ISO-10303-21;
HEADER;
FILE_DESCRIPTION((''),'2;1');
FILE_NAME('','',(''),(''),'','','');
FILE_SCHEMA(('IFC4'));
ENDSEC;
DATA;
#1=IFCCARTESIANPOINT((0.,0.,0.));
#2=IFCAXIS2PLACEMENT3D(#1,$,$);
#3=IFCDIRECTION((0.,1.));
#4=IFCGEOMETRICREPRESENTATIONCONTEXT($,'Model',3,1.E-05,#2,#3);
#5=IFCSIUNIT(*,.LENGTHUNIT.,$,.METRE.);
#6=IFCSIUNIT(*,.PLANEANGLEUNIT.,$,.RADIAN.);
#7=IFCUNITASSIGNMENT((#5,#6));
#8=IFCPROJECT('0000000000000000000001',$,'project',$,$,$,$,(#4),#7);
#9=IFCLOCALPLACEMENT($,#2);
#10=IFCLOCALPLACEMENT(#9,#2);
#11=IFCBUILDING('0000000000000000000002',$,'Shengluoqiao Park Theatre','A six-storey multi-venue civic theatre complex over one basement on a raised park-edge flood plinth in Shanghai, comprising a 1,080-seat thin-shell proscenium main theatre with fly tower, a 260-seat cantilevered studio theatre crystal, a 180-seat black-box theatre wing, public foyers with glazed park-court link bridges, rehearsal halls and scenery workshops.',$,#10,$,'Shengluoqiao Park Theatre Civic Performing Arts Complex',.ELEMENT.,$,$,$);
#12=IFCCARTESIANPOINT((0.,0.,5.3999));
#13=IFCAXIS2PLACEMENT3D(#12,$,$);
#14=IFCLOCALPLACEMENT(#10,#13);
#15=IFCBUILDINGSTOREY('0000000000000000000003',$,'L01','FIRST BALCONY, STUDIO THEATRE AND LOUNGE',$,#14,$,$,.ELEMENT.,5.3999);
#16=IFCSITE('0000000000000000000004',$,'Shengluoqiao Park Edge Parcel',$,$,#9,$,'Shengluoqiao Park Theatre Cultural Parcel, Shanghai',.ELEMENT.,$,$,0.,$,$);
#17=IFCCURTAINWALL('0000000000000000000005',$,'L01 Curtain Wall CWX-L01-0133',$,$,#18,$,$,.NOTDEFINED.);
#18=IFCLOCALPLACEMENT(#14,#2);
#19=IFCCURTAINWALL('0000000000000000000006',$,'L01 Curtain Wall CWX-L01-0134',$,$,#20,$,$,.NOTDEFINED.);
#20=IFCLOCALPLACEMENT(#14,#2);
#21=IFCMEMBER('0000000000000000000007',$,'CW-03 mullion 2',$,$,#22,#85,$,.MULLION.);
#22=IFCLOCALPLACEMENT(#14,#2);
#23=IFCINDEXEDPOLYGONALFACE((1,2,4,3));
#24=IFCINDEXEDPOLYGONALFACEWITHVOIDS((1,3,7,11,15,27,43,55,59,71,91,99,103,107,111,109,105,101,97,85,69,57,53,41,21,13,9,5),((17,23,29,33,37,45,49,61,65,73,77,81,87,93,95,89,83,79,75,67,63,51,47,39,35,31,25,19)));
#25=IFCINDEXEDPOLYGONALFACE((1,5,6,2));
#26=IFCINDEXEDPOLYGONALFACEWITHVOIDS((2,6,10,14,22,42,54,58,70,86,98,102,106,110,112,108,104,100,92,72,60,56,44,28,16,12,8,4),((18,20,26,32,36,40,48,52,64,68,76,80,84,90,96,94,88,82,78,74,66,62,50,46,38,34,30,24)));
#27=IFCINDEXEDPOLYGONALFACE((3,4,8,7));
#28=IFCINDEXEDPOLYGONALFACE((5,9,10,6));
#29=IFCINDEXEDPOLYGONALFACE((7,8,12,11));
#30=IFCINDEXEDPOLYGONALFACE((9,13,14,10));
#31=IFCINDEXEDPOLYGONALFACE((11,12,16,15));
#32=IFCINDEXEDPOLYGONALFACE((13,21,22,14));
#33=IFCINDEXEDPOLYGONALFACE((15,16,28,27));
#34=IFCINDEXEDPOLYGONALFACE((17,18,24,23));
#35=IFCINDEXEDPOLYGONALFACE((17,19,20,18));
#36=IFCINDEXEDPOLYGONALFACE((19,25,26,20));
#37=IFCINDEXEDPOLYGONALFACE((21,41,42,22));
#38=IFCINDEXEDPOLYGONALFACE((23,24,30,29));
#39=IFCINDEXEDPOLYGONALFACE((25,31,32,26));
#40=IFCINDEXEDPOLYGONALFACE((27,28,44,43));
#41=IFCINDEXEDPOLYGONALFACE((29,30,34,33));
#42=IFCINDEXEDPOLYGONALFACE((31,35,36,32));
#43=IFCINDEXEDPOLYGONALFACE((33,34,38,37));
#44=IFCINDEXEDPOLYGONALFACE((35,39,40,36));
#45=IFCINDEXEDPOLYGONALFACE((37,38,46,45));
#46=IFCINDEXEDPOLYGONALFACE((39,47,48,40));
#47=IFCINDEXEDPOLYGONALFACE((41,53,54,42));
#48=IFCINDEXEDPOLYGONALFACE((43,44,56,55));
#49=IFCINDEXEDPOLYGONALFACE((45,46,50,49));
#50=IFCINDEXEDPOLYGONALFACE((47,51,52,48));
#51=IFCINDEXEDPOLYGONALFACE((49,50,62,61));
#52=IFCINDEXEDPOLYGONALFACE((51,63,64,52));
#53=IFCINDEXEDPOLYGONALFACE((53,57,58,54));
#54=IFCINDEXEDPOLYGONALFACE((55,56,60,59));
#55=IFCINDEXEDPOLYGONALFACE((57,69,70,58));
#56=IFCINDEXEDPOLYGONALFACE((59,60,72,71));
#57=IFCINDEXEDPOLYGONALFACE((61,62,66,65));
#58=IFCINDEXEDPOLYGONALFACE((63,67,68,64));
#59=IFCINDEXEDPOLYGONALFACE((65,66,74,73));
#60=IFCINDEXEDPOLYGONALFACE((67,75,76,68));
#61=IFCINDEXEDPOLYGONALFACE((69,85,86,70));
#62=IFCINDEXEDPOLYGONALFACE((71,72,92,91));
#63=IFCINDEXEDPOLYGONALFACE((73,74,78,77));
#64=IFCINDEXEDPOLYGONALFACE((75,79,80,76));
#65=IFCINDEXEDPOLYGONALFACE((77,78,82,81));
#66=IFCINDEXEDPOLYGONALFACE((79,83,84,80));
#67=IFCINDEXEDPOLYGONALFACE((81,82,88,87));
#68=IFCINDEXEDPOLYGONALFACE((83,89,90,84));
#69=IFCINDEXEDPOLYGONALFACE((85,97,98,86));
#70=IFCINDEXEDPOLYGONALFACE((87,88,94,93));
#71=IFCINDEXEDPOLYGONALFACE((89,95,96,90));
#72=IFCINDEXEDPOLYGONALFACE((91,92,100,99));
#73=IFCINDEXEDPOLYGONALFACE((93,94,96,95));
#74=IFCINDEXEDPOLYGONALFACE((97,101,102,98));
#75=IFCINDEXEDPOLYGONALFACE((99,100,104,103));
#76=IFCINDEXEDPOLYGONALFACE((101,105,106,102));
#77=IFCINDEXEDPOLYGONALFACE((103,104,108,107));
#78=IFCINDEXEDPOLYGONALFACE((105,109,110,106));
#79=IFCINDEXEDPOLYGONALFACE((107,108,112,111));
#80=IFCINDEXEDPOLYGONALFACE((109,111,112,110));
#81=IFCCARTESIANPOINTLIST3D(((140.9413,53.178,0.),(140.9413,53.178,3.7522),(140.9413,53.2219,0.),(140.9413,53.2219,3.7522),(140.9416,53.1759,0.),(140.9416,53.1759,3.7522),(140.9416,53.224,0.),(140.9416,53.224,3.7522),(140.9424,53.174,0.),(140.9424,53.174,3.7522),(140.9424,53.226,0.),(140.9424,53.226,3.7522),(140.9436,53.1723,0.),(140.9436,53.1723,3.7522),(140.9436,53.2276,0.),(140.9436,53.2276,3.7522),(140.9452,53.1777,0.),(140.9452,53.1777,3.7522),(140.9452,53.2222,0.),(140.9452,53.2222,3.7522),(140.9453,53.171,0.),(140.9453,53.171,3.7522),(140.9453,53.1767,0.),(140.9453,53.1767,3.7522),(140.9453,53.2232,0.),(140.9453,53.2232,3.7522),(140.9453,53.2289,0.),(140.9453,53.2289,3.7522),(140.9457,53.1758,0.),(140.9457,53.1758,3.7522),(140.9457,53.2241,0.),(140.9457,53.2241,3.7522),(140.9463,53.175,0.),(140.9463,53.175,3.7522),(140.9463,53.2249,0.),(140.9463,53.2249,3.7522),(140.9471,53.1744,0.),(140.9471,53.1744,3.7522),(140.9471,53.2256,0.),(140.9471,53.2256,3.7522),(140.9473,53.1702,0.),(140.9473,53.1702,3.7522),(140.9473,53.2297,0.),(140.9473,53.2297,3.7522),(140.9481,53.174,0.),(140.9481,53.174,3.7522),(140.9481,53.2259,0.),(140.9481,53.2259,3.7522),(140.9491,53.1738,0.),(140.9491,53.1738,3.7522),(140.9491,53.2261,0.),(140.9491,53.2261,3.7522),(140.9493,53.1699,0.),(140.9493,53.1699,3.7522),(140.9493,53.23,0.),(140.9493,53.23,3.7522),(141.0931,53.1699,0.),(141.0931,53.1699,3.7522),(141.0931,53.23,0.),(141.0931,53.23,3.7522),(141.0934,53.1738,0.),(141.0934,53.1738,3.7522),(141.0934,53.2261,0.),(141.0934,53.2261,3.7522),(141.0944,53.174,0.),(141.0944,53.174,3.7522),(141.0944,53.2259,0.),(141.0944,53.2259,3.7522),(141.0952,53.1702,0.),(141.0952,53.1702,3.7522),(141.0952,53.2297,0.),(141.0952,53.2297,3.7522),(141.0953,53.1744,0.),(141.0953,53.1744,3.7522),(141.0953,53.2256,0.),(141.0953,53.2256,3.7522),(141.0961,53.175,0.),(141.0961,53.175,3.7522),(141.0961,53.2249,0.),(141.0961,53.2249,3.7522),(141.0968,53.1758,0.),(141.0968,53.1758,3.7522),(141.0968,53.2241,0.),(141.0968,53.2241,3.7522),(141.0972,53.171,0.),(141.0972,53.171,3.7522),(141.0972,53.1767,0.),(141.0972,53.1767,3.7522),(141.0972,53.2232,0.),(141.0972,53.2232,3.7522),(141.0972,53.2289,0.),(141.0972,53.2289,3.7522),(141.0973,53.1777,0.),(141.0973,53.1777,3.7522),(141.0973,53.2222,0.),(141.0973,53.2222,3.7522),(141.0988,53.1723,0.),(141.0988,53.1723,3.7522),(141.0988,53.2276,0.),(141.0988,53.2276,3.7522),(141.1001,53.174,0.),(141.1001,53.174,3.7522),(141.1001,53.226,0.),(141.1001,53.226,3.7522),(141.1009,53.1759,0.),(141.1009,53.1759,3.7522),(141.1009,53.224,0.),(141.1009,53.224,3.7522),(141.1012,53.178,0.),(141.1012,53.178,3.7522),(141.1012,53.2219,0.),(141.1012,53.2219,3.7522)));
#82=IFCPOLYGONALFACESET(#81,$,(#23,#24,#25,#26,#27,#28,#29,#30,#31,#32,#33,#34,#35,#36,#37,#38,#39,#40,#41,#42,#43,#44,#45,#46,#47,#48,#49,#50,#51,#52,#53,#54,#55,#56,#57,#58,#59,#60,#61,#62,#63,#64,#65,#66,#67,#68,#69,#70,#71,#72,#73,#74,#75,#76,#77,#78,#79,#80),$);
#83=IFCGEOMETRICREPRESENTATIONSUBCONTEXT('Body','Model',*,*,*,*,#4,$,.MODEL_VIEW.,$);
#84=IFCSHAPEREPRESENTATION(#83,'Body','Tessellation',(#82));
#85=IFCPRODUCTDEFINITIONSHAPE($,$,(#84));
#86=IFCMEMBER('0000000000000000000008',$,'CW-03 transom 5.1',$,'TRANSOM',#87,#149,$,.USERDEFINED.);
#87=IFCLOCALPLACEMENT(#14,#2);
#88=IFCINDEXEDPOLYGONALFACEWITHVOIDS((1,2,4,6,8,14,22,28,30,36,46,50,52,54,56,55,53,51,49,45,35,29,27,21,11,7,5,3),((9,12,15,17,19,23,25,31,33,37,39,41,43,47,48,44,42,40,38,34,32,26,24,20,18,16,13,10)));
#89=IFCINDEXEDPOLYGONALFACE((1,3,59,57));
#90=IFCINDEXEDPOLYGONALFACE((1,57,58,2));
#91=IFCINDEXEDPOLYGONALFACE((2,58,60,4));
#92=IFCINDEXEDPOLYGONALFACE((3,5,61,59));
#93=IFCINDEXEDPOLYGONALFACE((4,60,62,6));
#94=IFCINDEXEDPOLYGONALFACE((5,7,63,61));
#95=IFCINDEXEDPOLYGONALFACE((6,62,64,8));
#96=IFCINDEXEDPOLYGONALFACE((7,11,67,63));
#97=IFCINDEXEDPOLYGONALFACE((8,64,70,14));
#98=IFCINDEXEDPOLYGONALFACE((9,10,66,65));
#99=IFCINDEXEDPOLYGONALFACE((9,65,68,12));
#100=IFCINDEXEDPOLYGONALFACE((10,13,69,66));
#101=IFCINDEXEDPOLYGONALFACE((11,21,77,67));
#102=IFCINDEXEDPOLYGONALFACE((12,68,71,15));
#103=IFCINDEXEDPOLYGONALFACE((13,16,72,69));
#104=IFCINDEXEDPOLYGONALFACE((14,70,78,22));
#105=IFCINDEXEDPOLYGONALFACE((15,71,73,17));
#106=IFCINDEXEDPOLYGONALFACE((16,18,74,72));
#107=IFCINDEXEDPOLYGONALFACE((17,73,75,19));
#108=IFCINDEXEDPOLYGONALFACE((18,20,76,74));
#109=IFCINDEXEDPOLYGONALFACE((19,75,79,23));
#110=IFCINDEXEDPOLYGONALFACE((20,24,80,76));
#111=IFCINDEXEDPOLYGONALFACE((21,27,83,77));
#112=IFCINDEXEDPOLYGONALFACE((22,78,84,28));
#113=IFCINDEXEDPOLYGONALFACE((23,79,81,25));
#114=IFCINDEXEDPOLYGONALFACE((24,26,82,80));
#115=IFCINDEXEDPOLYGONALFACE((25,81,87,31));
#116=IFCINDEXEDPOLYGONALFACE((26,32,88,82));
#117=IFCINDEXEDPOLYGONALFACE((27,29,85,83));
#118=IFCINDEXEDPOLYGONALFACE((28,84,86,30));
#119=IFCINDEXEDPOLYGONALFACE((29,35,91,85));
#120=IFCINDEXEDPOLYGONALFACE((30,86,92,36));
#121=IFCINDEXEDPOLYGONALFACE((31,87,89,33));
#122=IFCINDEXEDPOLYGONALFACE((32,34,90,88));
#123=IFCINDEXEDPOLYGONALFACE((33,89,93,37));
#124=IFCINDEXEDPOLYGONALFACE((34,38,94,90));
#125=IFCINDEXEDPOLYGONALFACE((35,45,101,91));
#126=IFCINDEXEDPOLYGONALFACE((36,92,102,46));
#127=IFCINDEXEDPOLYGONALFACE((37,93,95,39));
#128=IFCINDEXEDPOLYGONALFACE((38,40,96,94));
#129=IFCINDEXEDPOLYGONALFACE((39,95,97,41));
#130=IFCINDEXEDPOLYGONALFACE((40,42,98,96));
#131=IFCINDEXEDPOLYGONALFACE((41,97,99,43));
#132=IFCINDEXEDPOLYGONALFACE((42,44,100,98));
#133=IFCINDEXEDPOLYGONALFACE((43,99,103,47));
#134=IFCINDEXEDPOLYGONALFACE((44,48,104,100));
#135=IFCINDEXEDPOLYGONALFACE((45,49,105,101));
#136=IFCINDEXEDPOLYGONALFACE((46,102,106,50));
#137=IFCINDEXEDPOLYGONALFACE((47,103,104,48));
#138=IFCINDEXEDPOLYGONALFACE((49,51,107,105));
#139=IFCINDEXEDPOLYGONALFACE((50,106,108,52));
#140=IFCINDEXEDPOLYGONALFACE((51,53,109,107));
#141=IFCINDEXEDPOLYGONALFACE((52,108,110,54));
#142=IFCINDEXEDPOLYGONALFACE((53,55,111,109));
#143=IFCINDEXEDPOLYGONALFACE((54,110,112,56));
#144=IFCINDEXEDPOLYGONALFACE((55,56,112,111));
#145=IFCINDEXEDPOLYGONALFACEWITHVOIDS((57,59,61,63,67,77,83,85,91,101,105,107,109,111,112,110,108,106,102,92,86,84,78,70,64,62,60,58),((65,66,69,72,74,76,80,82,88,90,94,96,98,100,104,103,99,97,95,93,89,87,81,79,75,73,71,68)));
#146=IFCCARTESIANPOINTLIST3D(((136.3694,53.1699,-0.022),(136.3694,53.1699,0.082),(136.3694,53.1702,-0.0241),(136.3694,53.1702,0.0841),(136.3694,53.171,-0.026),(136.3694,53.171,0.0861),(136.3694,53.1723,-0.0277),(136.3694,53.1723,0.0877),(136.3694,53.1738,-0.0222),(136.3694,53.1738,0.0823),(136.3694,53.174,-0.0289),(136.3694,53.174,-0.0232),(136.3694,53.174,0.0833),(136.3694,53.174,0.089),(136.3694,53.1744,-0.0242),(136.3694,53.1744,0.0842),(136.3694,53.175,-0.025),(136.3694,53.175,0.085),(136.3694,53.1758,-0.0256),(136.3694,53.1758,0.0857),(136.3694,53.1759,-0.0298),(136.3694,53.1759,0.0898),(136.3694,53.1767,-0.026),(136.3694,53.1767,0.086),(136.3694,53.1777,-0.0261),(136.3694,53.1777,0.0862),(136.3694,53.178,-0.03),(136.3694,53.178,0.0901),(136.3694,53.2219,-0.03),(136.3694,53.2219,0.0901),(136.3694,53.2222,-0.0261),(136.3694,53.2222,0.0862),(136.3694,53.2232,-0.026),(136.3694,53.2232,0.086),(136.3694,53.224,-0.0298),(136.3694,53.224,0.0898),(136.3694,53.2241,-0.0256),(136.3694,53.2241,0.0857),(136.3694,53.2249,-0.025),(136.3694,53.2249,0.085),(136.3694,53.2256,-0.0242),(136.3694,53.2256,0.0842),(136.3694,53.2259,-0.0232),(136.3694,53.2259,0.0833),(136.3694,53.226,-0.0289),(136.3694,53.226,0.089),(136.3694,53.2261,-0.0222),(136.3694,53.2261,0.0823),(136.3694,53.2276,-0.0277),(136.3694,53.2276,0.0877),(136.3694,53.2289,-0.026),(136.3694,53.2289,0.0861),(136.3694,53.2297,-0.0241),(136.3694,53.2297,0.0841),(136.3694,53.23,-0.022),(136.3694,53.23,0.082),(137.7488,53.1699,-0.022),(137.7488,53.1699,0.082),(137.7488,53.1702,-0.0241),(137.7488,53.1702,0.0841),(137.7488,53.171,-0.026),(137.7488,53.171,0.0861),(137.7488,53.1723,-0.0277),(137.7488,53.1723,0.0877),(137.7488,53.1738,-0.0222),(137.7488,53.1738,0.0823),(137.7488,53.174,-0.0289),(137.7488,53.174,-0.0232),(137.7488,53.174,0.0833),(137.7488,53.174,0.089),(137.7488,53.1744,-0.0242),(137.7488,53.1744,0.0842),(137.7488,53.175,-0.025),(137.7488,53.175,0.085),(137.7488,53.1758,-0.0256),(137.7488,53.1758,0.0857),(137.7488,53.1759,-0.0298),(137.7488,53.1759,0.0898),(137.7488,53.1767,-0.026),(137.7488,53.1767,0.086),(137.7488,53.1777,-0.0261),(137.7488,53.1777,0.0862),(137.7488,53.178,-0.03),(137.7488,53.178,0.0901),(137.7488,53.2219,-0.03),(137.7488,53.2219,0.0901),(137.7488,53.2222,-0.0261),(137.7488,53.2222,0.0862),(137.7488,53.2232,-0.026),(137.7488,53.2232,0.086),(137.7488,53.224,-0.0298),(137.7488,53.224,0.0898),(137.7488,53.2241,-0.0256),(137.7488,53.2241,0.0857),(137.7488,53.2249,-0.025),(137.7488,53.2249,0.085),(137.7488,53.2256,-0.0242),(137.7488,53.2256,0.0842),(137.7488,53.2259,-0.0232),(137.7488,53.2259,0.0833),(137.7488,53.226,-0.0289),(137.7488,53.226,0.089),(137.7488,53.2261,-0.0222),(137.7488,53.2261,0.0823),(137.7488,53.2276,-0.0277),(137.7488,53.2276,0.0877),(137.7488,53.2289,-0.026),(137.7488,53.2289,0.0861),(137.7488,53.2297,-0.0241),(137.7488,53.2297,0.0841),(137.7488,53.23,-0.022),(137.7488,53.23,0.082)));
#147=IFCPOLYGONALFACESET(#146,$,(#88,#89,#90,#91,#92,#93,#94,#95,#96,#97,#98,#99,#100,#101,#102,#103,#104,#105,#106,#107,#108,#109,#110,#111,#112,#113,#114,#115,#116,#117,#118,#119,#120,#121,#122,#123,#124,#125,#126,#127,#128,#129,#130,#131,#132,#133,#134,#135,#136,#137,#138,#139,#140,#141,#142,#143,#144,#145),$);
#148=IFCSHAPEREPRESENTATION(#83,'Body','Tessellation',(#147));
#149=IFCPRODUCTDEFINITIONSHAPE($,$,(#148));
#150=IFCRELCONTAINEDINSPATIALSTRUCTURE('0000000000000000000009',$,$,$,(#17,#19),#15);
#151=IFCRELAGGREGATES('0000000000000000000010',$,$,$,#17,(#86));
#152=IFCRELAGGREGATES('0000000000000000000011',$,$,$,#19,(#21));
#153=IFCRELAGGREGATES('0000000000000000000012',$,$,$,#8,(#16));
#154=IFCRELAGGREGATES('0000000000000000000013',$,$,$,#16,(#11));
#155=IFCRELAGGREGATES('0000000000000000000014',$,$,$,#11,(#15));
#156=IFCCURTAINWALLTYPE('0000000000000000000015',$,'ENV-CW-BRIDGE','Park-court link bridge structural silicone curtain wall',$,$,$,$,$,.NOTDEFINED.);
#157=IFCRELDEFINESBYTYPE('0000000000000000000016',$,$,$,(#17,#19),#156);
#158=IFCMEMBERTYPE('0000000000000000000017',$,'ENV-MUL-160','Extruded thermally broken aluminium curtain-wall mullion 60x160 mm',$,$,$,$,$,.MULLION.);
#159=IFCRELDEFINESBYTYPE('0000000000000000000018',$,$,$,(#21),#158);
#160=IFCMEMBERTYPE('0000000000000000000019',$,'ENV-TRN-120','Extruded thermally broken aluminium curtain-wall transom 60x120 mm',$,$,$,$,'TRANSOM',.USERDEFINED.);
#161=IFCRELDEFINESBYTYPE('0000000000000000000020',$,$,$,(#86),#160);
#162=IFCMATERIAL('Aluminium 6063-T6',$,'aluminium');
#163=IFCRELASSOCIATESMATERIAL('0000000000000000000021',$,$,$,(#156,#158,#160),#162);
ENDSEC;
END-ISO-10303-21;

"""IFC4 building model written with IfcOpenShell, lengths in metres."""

from ifc_helpers import new_model, si_unit, direction, frame, origin, origin_2d, place, context, subcontext, project, spatial, hollow_rectangle, extrude, material, material_profile, profile_set, type_object, element, aggregate, save


model = new_model("IFC4")

# Units and contexts
model_context = context("Model", 3, precision=1e-05, world=origin(), true_north=direction((0.0, 1.0)))
body_context = subcontext(model_context, "Body", "Model", "MODEL_VIEW")
ifc_project = project(units=[si_unit("LENGTHUNIT", "METRE"), si_unit("PLANEANGLEUNIT", "RADIAN")], contexts=[model_context])

# Site, building, storey
site_placement = place(None, origin())
site = spatial("IfcSite", under=ifc_project, at=site_placement, Name="Shengluoqiao Park Edge Parcel", LongName="Shengluoqiao Park Theatre Cultural Parcel, Shanghai", CompositionType="ELEMENT", RefElevation=0.0)
building_placement = place(site_placement, origin())
building = spatial("IfcBuilding", under=site, at=building_placement, Name="Shengluoqiao Park Theatre", Description="A six-storey multi-venue civic theatre complex over one basement on a raised park-edge flood plinth in Shanghai, comprising a 1,080-seat thin-shell proscenium main theatre with fly tower, a 260-seat cantilevered studio theatre crystal, a 180-seat black-box theatre wing, public foyers with glazed park-court link bridges, rehearsal halls and scenery workshops.", LongName="Shengluoqiao Park Theatre Civic Performing Arts Complex", CompositionType="ELEMENT")
storey_placement = place(building_placement, frame((0.0, 0.0, 5.3999)))
storey = spatial("IfcBuildingStorey", under=building, at=storey_placement, Name="L01", Description="FIRST BALCONY, STUDIO THEATRE AND LOUNGE", CompositionType="ELEMENT", Elevation=5.3999)

# Curtain walls, member
ifc_material_1 = material(Name="Aluminium 6063-T6", Category="aluminium")
curtain_wall_type = type_object("IfcCurtainWallType", Name="ENV-CW-BRIDGE", Description="Park-court link bridge structural silicone curtain wall", PredefinedType="NOTDEFINED", material=ifc_material_1)
curtain_wall_1_placement = place(storey_placement, origin())
curtain_wall_1 = element("IfcCurtainWall", 1, at=curtain_wall_1_placement, inside=storey, type_object=curtain_wall_type, Name="L01 Curtain Wall CWX-L01-0133", PredefinedType="NOTDEFINED")
ifc_material_profile_1 = material_profile(ifc_material_1, hollow_rectangle(XDim=0.0601, YDim=0.1599, WallThickness=0.0039, InnerFilletRadius=0.0039, OuterFilletRadius=0.0081, at=origin_2d()), Name="ALU MULLION 160x60x4")
ifc_profile_set_1 = profile_set([ifc_material_profile_1], Name="Aluminium 6063-T6")
member_type_1 = type_object("IfcMemberType", Name="ENV-MUL-160", Description="Extruded thermally broken aluminium curtain-wall mullion 60x160 mm", PredefinedType="MULLION", material=ifc_profile_set_1)
curtain_wall_2_placement = place(storey_placement, origin())
curtain_wall_2 = element("IfcCurtainWall", 2, at=curtain_wall_2_placement, inside=storey, type_object=curtain_wall_type, Name="L01 Curtain Wall CWX-L01-0134", PredefinedType="NOTDEFINED")
member_1_placement = place(storey_placement, frame((141.0212, 53.2, 0.0), z_axis=(0.0, 0.0, 1.0), x_axis=(0.0, 1.0, 0.0)))
member_1 = element("IfcMember", 3, at=member_1_placement, type_object=member_type_1, Name="CW-03 mullion 2", PredefinedType="MULLION", context=body_context, shape_type="SweptSolid", body=[
    extrude(hollow_rectangle(XDim=0.0601, YDim=0.1599, WallThickness=0.0039, InnerFilletRadius=0.0039, OuterFilletRadius=0.0081, at=origin_2d()), origin(), (0.0, 0.0, 1.0), 3.7522),
])

# Member
ifc_material_profile_2 = material_profile(ifc_material_1, hollow_rectangle(XDim=0.0601, YDim=0.1201, WallThickness=0.0039, InnerFilletRadius=0.0039, OuterFilletRadius=0.0081, at=origin_2d()), Name="ALU TRANSOM 120x60x4")
ifc_profile_set_2 = profile_set([ifc_material_profile_2], Name="Aluminium 6063-T6")
member_type_2 = type_object("IfcMemberType", Name="ENV-TRN-120", Description="Extruded thermally broken aluminium curtain-wall transom 60x120 mm", ElementType="TRANSOM", PredefinedType="USERDEFINED", material=ifc_profile_set_2)
member_2_placement = place(storey_placement, frame((136.3694, 53.2, 0.03), z_axis=(1.0, 0.0, 0.0), x_axis=(0.0, 1.0, 0.0)))
member_2 = element("IfcMember", 4, at=member_2_placement, type_object=member_type_2, Name="CW-03 transom 5.1", ObjectType="TRANSOM", PredefinedType="USERDEFINED", context=body_context, shape_type="SweptSolid", body=[
    extrude(hollow_rectangle(XDim=0.0601, YDim=0.1201, WallThickness=0.0039, InnerFilletRadius=0.0039, OuterFilletRadius=0.0081, at=origin_2d()), origin(), (0.0, 0.0, 1.0), 1.3794),
])

aggregate(curtain_wall_1, [member_2])
aggregate(curtain_wall_2, [member_1])

save(model, "model.ifc")
